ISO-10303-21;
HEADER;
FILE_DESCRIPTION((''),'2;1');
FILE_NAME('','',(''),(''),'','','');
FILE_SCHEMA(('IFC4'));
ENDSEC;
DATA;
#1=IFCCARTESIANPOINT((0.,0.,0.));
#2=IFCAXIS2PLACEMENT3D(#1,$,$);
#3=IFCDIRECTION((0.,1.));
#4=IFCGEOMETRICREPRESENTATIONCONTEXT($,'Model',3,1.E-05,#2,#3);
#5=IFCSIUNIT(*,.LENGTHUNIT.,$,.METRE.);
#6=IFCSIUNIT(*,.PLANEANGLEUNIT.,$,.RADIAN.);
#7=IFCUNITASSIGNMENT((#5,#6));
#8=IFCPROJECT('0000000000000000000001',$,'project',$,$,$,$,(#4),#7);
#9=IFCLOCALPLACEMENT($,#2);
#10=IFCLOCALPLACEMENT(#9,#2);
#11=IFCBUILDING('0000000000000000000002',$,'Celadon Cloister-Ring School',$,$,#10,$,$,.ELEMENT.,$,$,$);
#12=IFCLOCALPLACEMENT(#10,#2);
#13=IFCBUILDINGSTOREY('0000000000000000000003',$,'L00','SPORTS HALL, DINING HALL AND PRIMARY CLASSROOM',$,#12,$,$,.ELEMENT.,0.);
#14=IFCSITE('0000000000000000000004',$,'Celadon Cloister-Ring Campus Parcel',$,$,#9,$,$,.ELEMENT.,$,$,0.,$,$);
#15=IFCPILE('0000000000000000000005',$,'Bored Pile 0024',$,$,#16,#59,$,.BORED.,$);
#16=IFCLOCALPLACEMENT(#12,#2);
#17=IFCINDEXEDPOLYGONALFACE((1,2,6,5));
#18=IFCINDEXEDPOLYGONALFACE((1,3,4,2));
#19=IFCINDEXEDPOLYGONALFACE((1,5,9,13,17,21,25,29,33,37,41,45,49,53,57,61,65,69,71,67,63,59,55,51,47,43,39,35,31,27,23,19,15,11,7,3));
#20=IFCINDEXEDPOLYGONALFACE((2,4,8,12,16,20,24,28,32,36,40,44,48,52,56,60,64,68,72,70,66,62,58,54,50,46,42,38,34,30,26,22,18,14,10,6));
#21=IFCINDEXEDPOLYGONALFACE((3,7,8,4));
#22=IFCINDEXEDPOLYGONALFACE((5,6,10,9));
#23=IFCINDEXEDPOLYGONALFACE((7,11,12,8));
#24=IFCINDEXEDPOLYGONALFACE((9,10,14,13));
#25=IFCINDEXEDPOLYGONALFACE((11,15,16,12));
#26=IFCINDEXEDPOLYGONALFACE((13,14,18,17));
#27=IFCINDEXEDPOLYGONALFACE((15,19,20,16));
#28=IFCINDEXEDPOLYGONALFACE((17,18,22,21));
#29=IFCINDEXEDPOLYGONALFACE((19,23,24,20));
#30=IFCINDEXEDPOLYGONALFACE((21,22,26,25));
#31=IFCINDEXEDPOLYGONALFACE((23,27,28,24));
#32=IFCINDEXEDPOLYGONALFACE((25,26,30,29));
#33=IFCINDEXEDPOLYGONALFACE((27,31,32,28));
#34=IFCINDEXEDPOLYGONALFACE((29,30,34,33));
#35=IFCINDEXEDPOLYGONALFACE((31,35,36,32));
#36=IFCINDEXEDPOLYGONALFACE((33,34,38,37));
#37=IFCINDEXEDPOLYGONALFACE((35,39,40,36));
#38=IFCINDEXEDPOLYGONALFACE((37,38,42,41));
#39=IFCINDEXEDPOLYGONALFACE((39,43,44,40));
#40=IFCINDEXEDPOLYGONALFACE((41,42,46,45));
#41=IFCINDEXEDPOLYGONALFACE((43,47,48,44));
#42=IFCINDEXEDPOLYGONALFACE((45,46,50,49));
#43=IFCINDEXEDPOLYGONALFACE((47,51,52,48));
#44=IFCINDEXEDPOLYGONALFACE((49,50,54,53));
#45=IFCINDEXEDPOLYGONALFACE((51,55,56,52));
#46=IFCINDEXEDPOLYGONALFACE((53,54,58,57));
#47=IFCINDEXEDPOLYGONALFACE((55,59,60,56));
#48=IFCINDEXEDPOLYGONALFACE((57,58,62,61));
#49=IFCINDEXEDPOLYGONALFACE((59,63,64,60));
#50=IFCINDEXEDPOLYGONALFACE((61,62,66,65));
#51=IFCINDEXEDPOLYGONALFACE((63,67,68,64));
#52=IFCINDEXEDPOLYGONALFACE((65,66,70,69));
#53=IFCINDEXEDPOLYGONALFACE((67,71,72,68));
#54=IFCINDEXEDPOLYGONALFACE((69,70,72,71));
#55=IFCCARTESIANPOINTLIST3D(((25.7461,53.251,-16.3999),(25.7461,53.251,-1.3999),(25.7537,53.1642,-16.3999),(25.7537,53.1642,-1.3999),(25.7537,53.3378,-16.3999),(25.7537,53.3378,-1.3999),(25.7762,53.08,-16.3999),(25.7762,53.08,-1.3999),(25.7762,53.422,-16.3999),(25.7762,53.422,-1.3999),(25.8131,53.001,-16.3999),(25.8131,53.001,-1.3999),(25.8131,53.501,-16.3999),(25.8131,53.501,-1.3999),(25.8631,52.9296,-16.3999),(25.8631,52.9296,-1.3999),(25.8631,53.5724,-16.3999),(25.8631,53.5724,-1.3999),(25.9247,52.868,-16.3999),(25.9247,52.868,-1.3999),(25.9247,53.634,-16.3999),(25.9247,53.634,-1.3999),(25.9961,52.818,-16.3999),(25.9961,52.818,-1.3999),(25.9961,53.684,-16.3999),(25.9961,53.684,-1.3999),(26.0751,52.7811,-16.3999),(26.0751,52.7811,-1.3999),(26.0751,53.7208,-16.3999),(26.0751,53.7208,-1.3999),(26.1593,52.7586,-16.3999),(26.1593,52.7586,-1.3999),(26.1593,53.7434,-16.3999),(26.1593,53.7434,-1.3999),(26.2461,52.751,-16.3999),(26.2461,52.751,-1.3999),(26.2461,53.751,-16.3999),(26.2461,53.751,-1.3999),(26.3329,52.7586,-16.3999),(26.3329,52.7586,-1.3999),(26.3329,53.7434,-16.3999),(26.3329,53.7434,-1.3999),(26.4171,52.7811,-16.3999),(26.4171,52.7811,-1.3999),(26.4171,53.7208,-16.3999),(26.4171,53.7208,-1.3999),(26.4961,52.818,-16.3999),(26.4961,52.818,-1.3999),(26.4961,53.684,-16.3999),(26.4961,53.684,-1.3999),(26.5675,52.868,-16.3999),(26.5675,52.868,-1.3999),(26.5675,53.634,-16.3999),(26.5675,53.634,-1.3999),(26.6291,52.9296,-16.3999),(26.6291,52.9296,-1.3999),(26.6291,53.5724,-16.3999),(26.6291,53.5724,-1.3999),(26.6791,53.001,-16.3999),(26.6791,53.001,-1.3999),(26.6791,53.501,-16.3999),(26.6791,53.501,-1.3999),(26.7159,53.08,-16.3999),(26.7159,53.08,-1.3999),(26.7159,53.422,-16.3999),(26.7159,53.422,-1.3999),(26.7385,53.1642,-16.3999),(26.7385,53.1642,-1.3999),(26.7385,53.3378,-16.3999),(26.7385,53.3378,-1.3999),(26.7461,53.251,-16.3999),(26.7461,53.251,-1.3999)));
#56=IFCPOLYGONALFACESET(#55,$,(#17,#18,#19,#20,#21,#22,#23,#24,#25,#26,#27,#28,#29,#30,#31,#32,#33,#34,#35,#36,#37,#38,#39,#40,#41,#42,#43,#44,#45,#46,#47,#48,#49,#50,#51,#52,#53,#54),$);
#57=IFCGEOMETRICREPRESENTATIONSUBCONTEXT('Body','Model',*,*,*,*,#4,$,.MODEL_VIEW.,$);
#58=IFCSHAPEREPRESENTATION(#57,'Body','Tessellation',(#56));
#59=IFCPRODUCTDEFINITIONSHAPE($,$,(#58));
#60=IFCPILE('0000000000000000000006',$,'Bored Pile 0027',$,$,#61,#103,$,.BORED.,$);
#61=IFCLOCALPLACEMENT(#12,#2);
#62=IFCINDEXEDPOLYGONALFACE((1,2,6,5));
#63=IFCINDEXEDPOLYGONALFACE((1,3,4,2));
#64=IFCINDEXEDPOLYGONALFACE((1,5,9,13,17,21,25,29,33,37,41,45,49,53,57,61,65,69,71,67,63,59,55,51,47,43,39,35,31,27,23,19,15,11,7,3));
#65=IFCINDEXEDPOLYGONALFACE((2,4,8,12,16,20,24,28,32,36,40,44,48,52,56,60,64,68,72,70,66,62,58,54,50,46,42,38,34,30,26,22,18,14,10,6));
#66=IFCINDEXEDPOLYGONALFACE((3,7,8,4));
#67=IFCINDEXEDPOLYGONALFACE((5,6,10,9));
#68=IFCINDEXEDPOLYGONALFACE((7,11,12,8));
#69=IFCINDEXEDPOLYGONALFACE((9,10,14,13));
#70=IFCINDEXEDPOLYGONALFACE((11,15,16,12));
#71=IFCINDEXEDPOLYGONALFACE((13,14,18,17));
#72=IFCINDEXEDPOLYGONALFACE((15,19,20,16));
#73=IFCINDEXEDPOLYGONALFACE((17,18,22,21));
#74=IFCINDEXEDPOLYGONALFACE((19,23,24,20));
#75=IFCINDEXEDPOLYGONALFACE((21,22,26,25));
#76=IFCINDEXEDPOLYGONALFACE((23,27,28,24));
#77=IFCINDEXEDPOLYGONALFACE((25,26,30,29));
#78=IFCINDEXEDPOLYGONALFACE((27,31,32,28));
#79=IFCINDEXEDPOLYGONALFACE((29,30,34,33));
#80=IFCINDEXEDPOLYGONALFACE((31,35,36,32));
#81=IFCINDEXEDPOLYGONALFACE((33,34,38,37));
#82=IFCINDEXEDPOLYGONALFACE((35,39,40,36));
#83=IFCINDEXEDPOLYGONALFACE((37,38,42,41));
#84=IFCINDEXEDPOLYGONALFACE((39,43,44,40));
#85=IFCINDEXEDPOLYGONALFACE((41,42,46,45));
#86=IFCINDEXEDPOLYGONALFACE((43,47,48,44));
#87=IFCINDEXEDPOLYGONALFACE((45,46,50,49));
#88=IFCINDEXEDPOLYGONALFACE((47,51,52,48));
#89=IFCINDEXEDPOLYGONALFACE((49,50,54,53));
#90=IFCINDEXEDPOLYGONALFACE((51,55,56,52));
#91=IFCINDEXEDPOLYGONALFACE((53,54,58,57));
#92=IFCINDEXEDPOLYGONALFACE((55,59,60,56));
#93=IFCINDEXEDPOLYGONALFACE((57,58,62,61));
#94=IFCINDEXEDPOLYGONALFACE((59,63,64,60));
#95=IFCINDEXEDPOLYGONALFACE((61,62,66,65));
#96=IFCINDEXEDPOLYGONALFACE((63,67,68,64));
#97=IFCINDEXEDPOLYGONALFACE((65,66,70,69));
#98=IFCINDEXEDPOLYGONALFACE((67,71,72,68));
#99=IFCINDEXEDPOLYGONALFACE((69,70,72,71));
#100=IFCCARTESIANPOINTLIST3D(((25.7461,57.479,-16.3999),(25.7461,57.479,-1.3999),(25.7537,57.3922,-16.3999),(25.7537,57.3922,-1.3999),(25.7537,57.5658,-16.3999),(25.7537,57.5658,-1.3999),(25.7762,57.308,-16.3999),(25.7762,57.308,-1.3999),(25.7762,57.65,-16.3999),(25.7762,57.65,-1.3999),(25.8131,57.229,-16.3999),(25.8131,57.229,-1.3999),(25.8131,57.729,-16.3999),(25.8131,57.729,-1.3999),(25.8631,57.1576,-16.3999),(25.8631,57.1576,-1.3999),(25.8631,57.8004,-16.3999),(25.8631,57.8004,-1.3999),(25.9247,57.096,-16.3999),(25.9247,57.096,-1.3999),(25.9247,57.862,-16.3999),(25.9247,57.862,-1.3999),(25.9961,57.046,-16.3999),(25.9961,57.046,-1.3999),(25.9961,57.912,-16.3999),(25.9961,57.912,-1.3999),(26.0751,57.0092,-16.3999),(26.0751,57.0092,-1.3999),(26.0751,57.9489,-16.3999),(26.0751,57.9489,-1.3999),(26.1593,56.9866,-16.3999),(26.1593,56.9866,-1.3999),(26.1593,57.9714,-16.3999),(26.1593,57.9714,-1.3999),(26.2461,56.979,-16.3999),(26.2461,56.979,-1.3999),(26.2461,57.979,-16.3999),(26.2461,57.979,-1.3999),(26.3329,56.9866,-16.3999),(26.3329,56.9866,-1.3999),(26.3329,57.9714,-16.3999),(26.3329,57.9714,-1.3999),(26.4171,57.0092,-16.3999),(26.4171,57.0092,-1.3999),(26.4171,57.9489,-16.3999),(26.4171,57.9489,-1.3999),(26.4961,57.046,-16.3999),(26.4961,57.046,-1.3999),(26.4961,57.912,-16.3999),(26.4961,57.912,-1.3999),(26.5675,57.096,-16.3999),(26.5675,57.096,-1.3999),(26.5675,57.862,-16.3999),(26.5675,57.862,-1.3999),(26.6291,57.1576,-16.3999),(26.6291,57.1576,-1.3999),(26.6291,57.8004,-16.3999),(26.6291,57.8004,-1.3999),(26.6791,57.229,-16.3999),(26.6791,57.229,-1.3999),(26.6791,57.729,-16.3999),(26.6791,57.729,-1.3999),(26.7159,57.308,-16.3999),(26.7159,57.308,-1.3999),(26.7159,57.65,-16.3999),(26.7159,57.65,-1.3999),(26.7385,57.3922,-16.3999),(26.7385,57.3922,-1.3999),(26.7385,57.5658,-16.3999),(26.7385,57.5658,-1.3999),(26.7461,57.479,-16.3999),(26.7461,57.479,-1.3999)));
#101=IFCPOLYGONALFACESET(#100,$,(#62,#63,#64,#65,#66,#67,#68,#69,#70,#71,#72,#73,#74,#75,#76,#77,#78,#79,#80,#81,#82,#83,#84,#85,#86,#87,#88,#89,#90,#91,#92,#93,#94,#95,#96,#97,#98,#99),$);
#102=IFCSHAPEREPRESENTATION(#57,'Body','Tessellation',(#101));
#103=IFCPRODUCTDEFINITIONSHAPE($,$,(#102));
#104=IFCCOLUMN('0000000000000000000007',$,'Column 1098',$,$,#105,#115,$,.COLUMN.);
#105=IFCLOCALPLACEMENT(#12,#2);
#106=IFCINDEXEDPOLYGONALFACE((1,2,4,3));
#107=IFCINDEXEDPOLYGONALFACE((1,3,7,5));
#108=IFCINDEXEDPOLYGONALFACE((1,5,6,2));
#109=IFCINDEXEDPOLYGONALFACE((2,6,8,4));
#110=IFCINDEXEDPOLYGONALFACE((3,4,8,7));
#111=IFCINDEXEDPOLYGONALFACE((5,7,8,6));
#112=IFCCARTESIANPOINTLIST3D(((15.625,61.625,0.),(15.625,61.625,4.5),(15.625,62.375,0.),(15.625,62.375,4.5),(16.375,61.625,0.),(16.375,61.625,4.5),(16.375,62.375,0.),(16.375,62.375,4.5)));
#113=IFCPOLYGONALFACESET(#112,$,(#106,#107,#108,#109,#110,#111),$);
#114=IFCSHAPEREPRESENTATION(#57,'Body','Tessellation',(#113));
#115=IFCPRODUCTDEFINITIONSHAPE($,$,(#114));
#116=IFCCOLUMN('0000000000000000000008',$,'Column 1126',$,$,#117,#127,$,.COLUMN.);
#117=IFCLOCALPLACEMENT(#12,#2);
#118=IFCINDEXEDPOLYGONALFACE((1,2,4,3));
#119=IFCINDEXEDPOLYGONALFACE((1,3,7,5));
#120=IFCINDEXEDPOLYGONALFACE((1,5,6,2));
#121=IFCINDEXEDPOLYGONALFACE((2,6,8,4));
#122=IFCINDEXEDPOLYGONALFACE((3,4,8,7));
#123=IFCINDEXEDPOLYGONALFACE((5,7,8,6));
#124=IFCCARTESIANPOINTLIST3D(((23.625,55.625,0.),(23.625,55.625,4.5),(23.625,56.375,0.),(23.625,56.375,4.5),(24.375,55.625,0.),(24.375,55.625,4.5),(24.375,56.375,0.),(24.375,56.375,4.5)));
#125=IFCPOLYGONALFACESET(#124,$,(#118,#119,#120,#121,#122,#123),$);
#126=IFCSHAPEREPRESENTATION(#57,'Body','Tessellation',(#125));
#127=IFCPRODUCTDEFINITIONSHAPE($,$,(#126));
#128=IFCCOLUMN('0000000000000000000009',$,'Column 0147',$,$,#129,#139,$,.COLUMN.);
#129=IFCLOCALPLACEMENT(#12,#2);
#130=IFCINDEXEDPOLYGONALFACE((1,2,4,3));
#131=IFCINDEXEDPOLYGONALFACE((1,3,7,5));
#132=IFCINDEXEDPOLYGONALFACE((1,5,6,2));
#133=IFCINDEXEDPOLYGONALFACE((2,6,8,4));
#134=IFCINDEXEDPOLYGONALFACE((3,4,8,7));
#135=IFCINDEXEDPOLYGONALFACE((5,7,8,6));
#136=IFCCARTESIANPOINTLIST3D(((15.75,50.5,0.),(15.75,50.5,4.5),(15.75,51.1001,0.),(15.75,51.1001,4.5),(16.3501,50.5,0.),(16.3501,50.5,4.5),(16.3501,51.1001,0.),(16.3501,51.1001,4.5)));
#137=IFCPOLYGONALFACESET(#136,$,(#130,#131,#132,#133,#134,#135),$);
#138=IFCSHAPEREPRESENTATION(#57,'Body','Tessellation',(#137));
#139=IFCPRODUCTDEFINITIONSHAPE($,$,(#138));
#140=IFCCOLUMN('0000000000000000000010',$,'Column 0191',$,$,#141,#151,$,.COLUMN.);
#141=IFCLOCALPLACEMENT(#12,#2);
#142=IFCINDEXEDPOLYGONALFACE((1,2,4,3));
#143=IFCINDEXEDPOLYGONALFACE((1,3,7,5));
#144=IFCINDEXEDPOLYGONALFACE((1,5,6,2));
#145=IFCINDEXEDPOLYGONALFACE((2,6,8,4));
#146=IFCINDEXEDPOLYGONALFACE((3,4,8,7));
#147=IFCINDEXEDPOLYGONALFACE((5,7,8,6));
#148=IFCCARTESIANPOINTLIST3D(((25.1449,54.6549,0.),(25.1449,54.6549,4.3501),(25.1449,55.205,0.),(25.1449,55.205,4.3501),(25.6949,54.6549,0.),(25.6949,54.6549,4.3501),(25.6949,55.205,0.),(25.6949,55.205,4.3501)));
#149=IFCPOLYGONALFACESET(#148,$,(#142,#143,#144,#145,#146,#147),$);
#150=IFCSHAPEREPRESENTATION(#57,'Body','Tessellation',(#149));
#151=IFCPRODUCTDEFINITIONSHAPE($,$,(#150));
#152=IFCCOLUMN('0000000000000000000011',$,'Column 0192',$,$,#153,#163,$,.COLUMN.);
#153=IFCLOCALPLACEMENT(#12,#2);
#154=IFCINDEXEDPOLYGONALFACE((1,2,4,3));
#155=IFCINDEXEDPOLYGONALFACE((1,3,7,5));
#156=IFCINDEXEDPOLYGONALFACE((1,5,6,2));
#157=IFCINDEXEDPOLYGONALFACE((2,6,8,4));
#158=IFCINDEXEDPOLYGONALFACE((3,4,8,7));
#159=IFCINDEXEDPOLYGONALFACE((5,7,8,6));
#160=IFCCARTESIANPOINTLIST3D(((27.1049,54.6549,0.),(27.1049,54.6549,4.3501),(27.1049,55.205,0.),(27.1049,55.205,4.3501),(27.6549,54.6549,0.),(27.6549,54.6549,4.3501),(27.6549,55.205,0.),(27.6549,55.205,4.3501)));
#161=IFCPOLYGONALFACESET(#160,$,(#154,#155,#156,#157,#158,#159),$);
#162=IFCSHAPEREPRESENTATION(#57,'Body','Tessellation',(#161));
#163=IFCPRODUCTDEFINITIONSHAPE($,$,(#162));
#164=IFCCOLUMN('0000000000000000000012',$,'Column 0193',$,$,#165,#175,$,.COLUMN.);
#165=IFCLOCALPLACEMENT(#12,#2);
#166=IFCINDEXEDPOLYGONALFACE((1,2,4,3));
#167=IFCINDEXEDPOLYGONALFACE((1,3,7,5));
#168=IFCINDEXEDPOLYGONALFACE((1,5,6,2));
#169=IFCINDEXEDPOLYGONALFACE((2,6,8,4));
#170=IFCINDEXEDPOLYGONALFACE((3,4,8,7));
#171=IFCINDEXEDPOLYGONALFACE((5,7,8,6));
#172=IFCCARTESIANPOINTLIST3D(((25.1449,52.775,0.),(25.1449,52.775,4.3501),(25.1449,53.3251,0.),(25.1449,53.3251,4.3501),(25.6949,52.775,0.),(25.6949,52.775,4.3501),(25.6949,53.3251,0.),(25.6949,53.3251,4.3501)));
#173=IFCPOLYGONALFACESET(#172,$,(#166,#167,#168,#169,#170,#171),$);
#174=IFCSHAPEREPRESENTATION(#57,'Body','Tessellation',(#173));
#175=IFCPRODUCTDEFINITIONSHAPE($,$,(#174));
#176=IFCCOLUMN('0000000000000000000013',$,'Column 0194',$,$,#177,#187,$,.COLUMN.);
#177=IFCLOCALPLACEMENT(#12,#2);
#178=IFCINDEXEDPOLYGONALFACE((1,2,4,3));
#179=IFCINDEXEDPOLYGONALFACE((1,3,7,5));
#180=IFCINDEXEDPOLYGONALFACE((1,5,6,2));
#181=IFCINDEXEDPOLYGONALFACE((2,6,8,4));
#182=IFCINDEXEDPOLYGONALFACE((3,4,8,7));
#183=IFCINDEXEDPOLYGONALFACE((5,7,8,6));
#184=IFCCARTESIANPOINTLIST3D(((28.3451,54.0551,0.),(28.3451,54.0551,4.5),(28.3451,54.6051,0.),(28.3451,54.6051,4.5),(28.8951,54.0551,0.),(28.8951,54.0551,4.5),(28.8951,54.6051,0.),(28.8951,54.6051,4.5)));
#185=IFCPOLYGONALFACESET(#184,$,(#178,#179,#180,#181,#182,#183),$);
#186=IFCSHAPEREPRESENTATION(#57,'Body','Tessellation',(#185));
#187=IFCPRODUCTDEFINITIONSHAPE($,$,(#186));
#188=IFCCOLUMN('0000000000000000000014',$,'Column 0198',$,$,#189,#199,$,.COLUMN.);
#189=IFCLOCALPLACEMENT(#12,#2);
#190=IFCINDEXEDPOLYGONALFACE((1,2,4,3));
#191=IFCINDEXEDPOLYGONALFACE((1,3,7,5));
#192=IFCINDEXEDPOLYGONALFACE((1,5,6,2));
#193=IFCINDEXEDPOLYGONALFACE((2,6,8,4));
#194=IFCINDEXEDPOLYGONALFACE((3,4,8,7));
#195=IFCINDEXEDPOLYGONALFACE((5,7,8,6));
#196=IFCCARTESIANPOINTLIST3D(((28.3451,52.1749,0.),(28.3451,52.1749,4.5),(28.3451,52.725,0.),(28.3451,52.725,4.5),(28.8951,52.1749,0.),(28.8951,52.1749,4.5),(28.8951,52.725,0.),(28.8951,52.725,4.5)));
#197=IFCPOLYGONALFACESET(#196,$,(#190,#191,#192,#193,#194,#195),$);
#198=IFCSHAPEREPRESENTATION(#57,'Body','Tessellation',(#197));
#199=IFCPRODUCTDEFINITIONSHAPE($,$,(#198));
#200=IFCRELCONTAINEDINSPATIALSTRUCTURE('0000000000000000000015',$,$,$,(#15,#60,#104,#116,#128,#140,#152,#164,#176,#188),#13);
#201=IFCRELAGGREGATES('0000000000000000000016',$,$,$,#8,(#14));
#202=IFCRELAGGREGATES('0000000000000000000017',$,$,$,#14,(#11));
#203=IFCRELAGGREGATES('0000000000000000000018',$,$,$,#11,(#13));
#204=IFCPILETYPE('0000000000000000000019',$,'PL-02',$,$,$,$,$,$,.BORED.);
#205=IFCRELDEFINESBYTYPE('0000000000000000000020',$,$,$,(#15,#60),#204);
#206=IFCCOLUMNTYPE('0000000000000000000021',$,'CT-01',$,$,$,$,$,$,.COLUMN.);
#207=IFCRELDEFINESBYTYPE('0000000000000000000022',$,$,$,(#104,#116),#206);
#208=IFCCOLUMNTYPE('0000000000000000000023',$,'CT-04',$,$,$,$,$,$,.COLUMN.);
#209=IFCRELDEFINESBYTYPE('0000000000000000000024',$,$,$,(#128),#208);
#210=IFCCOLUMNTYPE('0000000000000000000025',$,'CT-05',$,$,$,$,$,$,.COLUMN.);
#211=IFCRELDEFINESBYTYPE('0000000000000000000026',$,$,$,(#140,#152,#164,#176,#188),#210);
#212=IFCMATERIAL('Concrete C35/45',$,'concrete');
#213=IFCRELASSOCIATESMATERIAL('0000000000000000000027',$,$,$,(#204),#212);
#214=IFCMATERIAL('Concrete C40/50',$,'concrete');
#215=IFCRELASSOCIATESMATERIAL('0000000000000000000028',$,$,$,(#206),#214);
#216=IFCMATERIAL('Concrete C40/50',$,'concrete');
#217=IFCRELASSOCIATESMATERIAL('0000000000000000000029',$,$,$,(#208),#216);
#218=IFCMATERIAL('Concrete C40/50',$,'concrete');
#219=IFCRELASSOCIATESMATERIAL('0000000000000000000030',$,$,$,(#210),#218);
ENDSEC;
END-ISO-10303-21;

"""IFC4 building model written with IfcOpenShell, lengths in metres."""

from ifc_helpers import new_model, si_unit, direction, frame, origin, origin_2d, place, context, subcontext, project, spatial, rectangle, circle, extrude, material, material_profile, profile_set, type_object, element, save


model = new_model("IFC4")

# Units and contexts
model_context = context("Model", 3, precision=1e-05, world=origin(), true_north=direction((0.0, 1.0)))
body_context = subcontext(model_context, "Body", "Model", "MODEL_VIEW")
ifc_project = project(units=[si_unit("LENGTHUNIT", "METRE"), si_unit("PLANEANGLEUNIT", "RADIAN")], contexts=[model_context])

# Site, building, storey
site_placement = place(None, origin())
site = spatial("IfcSite", under=ifc_project, at=site_placement, Name="Celadon Cloister-Ring Campus Parcel", CompositionType="ELEMENT", RefElevation=0.0)
building_placement = place(site_placement, origin())
building = spatial("IfcBuilding", under=site, at=building_placement, Name="Celadon Cloister-Ring School", CompositionType="ELEMENT")
storey_placement = place(building_placement, origin())
storey = spatial("IfcBuildingStorey", under=building, at=storey_placement, Name="L00", Description="SPORTS HALL, DINING HALL AND PRIMARY CLASSROOM", CompositionType="ELEMENT", Elevation=0.0)

# Piles
ifc_material_1 = material(Name="Concrete C35/45", Category="concrete")
ifc_material_profile_1 = material_profile(ifc_material_1, circle(Radius=0.5, at=origin_2d()), Name="PILE1000")
ifc_profile_set_1 = profile_set([ifc_material_profile_1], Name="Concrete C35/45")
pile_type = type_object("IfcPileType", Name="PL-02", PredefinedType="BORED", material=ifc_profile_set_1)
for number, where, z_axis, x_axis, name in (
    (1, (26.2461, 53.251, -1.3999), (0.0, 0.0, -1.0), (1.0, 0.0, 0.0), "Bored Pile 0024"),
    (2, (26.2461, 57.479, -1.3999), (0.0, 0.0, -1.0), (1.0, 0.0, 0.0), "Bored Pile 0027"),
):
    element("IfcPile", number, at=place(storey_placement, frame(where, z_axis=z_axis, x_axis=x_axis)), inside=storey, type_object=pile_type, Name=name, PredefinedType="BORED", context=body_context, shape_type="SweptSolid", body=[
        extrude(circle(Radius=0.5, at=origin_2d()), origin(), (0.0, 0.0, 1.0), 15.0),
    ])

# Columns
ifc_material_2 = material(Name="Concrete C40/50", Category="concrete")
ifc_material_profile_2 = material_profile(ifc_material_2, rectangle(XDim=0.75, YDim=0.75, at=origin_2d()), Name="RC750X750")
ifc_profile_set_2 = profile_set([ifc_material_profile_2], Name="Concrete C40/50")
column_type_1 = type_object("IfcColumnType", Name="CT-01", PredefinedType="COLUMN", material=ifc_profile_set_2)
for number, where, z_axis, x_axis, name in (
    (3, (16.0, 62.0, 0.0), (0.0, 0.0, 1.0), (1.0, 0.0, 0.0), "Column 1098"),
    (4, (24.0, 56.0, 0.0), (0.0, 0.0, 1.0), (1.0, 0.0, 0.0), "Column 1126"),
):
    element("IfcColumn", number, at=place(storey_placement, frame(where, z_axis=z_axis, x_axis=x_axis)), inside=storey, type_object=column_type_1, Name=name, PredefinedType="COLUMN", context=body_context, shape_type="SweptSolid", body=[
        extrude(rectangle(XDim=0.75, YDim=0.75, at=origin_2d()), origin(), (0.0, 0.0, 1.0), 4.5),
    ])
ifc_material_3 = material(Name="Concrete C40/50", Category="concrete")
ifc_material_profile_3 = material_profile(ifc_material_3, rectangle(XDim=0.6001, YDim=0.6001, at=origin_2d()), Name="RC600X600")
ifc_profile_set_3 = profile_set([ifc_material_profile_3], Name="Concrete C40/50")
column_type_2 = type_object("IfcColumnType", Name="CT-04", PredefinedType="COLUMN", material=ifc_profile_set_3)
column_placement = place(storey_placement, frame((16.05, 50.8, 0.0), z_axis=(0.0, 0.0, 1.0), x_axis=(1.0, 0.0, 0.0)))
element("IfcColumn", 5, at=column_placement, inside=storey, type_object=column_type_2, Name="Column 0147", PredefinedType="COLUMN", context=body_context, shape_type="SweptSolid", body=[
    extrude(rectangle(XDim=0.6001, YDim=0.6001, at=origin_2d()), origin(), (0.0, 0.0, 1.0), 4.5),
])
ifc_material_4 = material(Name="Concrete C40/50", Category="concrete")
ifc_material_profile_4 = material_profile(ifc_material_4, rectangle(XDim=0.55, YDim=0.55, at=origin_2d()), Name="RC550X550")
ifc_profile_set_4 = profile_set([ifc_material_profile_4], Name="Concrete C40/50")
column_type_3 = type_object("IfcColumnType", Name="CT-05", PredefinedType="COLUMN", material=ifc_profile_set_4)
for number, where, z_axis, x_axis, name in (
    (6, (25.4199, 54.9299, 0.0), (0.0, 0.0, 1.0), (1.0, 0.0, 0.0), "Column 0191"),
    (7, (27.3799, 54.9299, 0.0), (0.0, 0.0, 1.0), (1.0, 0.0, 0.0), "Column 0192"),
    (8, (25.4199, 53.05, 0.0), (0.0, 0.0, 1.0), (1.0, 0.0, 0.0), "Column 0193"),
):
    element("IfcColumn", number, at=place(storey_placement, frame(where, z_axis=z_axis, x_axis=x_axis)), inside=storey, type_object=column_type_3, Name=name, PredefinedType="COLUMN", context=body_context, shape_type="SweptSolid", body=[
        extrude(rectangle(XDim=0.55, YDim=0.55, at=origin_2d()), origin(), (0.0, 0.0, 1.0), 4.3501),
    ])
for number, where, z_axis, x_axis, name in (
    (9, (28.6201, 54.3301, 0.0), (0.0, 0.0, 1.0), (1.0, 0.0, 0.0), "Column 0194"),
    (10, (28.6201, 52.45, 0.0), (0.0, 0.0, 1.0), (1.0, 0.0, 0.0), "Column 0198"),
):
    element("IfcColumn", number, at=place(storey_placement, frame(where, z_axis=z_axis, x_axis=x_axis)), inside=storey, type_object=column_type_3, Name=name, PredefinedType="COLUMN", context=body_context, shape_type="SweptSolid", body=[
        extrude(rectangle(XDim=0.55, YDim=0.55, at=origin_2d()), origin(), (0.0, 0.0, 1.0), 4.5),
    ])

save(model, "model.ifc")
